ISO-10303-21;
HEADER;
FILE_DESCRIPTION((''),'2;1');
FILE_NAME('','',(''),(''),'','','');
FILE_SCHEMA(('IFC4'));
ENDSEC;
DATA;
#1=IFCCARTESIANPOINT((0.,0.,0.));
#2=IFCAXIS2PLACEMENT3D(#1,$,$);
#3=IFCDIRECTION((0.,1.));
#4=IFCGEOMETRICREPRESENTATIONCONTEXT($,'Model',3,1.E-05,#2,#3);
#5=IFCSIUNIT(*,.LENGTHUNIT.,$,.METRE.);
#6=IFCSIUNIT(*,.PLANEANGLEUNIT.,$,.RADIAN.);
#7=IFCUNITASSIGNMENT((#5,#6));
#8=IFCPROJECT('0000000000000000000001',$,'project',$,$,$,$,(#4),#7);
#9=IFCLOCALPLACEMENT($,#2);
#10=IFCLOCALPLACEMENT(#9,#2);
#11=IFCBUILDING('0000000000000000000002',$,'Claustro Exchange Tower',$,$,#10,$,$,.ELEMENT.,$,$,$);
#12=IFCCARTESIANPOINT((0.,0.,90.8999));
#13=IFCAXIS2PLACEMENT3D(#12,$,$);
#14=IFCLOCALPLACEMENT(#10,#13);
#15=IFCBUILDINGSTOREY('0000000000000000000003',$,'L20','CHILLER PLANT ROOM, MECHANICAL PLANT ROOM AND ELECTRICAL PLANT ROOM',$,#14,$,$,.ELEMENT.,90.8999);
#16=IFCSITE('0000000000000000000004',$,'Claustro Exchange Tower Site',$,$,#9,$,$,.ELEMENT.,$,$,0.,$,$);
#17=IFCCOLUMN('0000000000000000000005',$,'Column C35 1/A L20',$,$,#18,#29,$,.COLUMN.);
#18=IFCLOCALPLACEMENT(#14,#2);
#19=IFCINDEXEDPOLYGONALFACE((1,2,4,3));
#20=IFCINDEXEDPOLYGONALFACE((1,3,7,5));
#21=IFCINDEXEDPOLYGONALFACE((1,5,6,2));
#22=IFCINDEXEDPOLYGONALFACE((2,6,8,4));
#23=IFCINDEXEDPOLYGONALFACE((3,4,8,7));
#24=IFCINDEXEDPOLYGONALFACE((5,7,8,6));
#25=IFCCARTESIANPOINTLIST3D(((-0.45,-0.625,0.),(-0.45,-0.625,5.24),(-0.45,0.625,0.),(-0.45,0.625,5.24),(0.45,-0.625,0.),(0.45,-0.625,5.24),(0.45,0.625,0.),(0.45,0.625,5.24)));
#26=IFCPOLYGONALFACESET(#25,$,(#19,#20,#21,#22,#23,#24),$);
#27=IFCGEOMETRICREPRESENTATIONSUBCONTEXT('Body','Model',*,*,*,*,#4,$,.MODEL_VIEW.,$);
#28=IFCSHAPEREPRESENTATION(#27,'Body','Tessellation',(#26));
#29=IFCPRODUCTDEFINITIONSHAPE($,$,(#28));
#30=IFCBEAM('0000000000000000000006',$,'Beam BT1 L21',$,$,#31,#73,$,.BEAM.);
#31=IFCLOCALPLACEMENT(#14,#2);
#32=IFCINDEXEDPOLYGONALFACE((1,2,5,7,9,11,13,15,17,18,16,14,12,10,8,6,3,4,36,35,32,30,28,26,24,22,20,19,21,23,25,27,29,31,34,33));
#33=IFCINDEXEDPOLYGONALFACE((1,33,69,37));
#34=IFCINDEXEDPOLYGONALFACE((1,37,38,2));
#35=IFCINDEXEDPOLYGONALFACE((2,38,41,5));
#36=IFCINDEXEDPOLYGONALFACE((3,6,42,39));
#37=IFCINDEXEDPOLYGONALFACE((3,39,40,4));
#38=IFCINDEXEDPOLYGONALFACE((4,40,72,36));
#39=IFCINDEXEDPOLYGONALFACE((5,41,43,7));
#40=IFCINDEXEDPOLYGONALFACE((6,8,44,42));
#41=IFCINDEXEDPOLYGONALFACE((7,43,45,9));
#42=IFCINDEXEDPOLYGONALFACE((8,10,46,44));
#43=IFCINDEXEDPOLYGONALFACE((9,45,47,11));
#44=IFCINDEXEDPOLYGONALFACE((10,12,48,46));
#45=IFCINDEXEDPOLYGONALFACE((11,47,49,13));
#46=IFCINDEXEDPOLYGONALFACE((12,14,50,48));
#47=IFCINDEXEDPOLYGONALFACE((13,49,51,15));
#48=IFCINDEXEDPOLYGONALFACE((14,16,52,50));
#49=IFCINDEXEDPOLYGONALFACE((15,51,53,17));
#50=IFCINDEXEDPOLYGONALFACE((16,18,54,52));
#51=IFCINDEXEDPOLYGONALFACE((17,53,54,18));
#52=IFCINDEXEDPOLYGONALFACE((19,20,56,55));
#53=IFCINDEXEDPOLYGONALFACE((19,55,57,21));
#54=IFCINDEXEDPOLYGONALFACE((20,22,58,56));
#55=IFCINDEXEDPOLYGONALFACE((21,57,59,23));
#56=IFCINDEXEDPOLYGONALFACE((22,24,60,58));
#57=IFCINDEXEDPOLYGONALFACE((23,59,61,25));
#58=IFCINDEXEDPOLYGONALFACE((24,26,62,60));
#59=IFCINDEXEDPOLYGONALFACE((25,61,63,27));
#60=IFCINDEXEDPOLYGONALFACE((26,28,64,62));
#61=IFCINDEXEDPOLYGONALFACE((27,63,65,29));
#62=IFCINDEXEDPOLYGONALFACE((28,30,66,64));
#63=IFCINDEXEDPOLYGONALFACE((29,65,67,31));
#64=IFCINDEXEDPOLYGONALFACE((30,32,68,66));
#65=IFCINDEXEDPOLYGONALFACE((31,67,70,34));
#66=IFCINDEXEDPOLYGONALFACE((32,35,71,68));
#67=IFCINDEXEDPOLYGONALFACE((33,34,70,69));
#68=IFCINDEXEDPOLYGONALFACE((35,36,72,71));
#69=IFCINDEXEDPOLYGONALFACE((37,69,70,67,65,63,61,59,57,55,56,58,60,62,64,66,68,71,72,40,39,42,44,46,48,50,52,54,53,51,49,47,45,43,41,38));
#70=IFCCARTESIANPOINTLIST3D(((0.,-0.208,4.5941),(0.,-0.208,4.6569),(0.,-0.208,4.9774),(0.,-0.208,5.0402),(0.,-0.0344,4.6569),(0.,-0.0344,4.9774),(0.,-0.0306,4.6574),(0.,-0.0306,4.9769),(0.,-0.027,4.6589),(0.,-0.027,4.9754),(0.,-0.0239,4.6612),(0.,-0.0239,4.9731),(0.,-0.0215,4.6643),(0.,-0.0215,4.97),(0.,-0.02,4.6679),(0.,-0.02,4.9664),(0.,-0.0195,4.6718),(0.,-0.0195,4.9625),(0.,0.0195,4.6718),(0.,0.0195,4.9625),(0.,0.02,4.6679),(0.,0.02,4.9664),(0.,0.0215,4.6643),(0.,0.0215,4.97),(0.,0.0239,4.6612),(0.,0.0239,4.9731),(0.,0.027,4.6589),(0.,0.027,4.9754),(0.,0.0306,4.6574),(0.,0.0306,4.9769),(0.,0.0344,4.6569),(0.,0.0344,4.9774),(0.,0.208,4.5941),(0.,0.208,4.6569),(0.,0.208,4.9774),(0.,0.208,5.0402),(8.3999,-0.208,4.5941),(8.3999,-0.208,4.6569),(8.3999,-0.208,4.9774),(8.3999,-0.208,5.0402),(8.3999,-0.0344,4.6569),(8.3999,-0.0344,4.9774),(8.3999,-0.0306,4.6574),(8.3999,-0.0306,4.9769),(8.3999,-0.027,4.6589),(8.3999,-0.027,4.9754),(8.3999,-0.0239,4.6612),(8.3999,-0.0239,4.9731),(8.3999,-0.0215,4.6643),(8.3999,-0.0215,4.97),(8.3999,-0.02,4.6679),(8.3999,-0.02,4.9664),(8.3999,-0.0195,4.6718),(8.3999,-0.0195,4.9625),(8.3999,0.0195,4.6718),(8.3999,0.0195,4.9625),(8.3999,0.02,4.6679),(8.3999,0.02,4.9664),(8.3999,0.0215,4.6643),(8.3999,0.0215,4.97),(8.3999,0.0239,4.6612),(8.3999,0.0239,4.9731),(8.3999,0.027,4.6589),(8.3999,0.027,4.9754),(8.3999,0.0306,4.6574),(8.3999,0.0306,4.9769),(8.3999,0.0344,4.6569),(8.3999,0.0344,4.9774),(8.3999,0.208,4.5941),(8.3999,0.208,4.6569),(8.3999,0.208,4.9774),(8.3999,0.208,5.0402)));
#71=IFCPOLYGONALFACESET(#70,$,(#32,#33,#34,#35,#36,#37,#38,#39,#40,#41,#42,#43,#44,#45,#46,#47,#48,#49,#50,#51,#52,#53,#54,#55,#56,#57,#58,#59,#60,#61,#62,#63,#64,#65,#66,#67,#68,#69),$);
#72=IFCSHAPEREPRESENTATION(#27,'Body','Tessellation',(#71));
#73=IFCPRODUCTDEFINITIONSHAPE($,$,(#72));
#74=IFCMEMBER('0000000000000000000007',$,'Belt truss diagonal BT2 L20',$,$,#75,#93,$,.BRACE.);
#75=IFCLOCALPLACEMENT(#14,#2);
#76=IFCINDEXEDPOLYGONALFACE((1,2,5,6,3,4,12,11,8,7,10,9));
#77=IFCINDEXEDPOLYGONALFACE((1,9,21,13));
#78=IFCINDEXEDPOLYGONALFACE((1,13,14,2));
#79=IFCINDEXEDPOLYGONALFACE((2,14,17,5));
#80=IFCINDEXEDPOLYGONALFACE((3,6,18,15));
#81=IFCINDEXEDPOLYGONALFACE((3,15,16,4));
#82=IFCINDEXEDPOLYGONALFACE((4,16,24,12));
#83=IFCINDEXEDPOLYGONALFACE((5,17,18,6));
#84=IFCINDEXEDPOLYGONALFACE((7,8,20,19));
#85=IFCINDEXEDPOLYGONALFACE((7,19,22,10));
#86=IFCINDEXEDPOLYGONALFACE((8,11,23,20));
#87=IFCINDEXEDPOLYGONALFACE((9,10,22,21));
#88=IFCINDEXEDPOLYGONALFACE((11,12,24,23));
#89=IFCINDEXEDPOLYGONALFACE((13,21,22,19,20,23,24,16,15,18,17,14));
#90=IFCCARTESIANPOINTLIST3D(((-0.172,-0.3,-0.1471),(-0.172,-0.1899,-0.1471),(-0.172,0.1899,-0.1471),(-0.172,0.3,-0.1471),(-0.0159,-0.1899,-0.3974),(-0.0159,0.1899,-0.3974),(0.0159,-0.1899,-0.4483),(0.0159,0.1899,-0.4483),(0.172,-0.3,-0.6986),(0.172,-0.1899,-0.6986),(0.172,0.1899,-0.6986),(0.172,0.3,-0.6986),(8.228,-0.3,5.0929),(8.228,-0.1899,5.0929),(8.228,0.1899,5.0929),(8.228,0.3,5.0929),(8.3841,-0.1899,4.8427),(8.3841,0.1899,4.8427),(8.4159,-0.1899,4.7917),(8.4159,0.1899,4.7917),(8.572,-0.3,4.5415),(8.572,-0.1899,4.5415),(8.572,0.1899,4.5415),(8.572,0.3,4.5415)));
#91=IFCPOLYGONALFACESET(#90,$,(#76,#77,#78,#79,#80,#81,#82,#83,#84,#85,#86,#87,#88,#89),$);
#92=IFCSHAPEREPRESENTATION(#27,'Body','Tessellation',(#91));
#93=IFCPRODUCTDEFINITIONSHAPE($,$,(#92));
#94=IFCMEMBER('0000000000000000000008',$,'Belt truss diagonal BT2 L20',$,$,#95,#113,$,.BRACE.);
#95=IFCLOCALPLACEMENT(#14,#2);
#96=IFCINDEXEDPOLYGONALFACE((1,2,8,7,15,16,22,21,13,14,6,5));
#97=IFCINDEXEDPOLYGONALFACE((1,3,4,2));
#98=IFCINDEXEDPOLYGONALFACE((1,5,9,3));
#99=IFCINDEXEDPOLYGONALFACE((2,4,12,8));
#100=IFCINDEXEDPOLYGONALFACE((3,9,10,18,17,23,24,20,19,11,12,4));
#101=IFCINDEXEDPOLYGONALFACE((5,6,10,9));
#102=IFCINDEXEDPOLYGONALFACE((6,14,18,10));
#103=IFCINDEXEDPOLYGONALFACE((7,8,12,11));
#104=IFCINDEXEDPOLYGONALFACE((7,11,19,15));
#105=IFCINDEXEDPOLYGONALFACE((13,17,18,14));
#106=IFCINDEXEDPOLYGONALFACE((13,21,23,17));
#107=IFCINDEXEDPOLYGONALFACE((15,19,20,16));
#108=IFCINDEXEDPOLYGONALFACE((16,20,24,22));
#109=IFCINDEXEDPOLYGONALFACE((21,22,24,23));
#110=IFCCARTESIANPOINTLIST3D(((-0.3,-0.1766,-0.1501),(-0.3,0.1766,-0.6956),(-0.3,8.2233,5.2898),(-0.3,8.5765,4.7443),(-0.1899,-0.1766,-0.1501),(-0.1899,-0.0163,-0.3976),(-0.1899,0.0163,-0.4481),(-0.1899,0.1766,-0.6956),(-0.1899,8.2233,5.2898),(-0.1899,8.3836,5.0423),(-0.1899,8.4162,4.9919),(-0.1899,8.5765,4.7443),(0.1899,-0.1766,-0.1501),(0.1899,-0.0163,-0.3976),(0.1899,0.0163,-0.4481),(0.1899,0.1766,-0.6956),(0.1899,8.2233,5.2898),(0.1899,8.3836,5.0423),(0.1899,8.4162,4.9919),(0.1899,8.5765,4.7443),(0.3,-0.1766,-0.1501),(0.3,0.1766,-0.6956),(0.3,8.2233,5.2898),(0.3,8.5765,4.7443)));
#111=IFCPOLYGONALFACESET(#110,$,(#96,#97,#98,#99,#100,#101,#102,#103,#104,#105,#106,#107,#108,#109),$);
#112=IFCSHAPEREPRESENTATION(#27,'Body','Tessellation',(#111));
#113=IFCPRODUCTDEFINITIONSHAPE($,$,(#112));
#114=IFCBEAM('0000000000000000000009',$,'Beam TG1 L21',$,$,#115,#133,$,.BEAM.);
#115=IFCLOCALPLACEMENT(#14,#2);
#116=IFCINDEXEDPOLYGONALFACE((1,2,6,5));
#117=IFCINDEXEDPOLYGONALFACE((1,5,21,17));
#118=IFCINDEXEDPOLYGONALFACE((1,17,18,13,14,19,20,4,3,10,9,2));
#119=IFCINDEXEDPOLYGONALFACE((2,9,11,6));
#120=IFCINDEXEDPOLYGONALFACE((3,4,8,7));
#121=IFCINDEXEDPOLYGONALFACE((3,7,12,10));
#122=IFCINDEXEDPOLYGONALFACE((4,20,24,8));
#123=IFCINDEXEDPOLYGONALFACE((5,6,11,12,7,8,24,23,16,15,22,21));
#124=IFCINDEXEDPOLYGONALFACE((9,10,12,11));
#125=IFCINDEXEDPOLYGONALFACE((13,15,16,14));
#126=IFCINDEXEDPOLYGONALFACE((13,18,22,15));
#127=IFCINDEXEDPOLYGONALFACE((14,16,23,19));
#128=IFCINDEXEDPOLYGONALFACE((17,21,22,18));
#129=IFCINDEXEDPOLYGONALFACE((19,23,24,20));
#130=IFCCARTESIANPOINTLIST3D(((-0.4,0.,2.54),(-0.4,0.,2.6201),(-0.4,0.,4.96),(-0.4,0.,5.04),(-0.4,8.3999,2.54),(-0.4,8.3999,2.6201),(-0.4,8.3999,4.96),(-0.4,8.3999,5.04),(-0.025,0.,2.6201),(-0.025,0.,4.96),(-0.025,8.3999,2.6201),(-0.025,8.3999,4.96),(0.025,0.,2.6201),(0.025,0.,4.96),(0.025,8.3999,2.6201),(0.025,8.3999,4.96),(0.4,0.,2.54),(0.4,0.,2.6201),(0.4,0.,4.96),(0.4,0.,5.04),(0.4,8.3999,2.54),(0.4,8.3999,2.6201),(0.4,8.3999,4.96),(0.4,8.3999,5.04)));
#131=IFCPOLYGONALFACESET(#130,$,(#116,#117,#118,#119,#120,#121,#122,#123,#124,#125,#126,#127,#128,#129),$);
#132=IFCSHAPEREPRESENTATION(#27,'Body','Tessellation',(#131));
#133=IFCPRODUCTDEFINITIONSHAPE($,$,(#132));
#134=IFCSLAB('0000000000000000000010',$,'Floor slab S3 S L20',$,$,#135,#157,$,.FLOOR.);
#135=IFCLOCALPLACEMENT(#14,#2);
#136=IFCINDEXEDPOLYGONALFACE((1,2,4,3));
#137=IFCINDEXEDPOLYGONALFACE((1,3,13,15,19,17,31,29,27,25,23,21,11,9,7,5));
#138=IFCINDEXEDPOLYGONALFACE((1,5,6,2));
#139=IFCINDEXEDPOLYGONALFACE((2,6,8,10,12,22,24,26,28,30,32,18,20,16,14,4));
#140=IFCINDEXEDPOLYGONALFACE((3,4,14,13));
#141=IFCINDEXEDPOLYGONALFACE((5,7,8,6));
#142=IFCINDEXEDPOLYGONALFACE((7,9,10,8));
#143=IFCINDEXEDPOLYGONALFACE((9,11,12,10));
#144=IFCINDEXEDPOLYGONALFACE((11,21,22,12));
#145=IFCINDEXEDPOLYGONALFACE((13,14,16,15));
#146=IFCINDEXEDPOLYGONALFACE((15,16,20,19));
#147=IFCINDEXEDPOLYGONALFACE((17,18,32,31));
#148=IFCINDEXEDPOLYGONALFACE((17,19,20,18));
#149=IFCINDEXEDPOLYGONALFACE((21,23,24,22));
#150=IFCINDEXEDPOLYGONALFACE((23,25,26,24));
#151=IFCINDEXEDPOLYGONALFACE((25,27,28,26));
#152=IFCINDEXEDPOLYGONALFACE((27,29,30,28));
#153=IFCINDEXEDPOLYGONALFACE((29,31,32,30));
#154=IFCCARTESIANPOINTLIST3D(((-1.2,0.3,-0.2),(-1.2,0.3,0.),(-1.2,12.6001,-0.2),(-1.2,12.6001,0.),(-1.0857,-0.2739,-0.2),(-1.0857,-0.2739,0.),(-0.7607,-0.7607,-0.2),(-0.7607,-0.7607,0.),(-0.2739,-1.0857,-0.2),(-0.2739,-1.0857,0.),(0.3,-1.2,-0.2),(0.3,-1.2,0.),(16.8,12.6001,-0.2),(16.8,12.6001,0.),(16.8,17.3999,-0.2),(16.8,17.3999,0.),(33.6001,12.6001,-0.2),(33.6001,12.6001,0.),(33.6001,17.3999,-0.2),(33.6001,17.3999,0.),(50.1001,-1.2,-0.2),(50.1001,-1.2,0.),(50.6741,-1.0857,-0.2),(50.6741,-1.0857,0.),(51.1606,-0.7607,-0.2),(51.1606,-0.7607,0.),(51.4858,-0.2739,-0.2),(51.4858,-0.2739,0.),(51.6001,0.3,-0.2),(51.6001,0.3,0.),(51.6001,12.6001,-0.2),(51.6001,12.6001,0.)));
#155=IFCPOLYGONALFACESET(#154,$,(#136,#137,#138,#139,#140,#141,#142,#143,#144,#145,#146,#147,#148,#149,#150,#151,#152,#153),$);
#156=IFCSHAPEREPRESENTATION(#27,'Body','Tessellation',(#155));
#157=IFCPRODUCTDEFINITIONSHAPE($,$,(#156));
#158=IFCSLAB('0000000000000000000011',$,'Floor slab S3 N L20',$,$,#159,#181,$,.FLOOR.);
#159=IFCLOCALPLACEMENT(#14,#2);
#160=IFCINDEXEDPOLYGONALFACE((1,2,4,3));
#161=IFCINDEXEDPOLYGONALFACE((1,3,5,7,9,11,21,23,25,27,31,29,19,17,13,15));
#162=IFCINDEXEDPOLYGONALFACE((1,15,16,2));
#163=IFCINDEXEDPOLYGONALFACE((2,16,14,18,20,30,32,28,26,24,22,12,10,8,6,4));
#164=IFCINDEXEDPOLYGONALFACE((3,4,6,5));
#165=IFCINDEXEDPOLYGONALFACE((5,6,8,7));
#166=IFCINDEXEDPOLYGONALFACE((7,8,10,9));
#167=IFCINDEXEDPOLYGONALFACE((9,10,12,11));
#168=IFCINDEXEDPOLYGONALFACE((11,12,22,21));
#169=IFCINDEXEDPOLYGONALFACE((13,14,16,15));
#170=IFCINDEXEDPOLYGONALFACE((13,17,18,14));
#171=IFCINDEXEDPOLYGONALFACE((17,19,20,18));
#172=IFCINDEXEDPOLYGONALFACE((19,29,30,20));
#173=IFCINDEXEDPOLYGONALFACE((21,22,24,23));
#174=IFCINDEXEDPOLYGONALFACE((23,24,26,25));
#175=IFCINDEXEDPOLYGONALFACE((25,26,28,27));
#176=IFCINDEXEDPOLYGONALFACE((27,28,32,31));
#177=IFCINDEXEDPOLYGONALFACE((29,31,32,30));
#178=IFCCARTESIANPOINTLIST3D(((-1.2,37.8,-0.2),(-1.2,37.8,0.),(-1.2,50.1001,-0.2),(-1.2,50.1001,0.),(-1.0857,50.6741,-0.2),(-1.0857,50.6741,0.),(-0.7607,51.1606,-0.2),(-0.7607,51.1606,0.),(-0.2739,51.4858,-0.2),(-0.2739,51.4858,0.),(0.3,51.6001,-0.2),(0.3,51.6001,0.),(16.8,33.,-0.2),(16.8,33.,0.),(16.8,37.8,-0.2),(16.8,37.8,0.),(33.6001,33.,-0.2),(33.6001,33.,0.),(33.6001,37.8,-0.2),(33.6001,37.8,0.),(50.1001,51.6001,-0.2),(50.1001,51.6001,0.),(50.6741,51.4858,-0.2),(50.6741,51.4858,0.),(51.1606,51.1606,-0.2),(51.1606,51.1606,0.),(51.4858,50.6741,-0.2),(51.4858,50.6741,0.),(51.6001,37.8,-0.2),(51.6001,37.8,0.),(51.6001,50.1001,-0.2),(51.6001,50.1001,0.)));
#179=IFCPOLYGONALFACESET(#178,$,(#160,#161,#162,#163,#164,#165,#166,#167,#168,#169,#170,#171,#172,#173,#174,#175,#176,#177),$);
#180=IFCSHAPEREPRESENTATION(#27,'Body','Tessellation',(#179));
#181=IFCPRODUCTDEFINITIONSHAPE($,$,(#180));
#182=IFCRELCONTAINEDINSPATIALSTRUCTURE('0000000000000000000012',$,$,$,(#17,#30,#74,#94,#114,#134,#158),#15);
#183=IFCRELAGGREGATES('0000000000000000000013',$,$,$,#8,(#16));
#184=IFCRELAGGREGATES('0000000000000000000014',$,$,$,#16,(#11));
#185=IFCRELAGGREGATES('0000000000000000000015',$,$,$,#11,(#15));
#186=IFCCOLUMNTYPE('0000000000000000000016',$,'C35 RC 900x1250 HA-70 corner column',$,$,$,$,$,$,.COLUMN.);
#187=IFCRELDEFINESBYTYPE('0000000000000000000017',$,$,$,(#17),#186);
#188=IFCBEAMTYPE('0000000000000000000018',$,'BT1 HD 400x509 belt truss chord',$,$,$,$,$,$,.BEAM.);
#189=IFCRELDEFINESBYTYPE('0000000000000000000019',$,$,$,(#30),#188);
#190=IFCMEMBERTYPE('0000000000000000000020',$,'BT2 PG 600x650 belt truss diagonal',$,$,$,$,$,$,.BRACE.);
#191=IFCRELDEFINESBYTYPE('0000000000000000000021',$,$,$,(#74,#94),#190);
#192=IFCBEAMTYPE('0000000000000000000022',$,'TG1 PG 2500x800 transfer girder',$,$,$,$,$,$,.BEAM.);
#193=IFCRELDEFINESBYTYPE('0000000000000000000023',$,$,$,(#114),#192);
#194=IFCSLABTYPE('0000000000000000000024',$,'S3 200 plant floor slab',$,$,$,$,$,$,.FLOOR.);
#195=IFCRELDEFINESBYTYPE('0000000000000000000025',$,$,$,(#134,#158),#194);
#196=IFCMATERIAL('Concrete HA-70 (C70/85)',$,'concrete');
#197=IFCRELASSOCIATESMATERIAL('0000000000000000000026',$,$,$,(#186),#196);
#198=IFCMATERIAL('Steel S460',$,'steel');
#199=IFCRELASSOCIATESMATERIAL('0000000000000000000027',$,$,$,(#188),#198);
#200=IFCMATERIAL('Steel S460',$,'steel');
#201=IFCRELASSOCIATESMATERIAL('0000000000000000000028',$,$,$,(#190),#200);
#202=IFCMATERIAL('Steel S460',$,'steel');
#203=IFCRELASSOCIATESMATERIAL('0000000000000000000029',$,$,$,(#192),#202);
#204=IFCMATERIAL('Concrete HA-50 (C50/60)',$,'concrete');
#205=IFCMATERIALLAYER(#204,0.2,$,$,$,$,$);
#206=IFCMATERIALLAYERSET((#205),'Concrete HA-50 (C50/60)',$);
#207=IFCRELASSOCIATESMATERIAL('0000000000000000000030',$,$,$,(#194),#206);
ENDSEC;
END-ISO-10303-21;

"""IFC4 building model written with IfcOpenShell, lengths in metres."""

from ifc_helpers import new_model, si_unit, direction, frame, origin, origin_with_axes, origin_2d, place, context, subcontext, project, spatial, polyline, rectangle, i_section, outline, extrude, material, layer, layer_set, material_profile, profile_set, type_object, element, save


model = new_model("IFC4")

# Units and contexts
model_context = context("Model", 3, precision=1e-05, world=origin(), true_north=direction((0.0, 1.0)))
body_context = subcontext(model_context, "Body", "Model", "MODEL_VIEW")
ifc_project = project(units=[si_unit("LENGTHUNIT", "METRE"), si_unit("PLANEANGLEUNIT", "RADIAN")], contexts=[model_context])

# Site, building, storey
site_placement = place(None, origin())
site = spatial("IfcSite", under=ifc_project, at=site_placement, Name="Claustro Exchange Tower Site", CompositionType="ELEMENT", RefElevation=0.0)
building_placement = place(site_placement, origin())
building = spatial("IfcBuilding", under=site, at=building_placement, Name="Claustro Exchange Tower", CompositionType="ELEMENT")
storey_placement = place(building_placement, frame((0.0, 0.0, 90.8999)))
storey = spatial("IfcBuildingStorey", under=building, at=storey_placement, Name="L20", Description="CHILLER PLANT ROOM, MECHANICAL PLANT ROOM AND ELECTRICAL PLANT ROOM", CompositionType="ELEMENT", Elevation=90.8999)

# Column
ifc_material_1 = material(Name="Concrete HA-70 (C70/85)", Category="concrete")
ifc_material_profile_1 = material_profile(ifc_material_1, rectangle(XDim=0.8999, YDim=1.25, at=origin_2d()), Name="RC 900x1250")
ifc_profile_set_1 = profile_set([ifc_material_profile_1], Name="Concrete HA-70 (C70/85)")
column_type = type_object("IfcColumnType", Name="C35 RC 900x1250 HA-70 corner column", PredefinedType="COLUMN", material=ifc_profile_set_1)
column_placement = place(storey_placement, origin_with_axes())
element("IfcColumn", 1, at=column_placement, inside=storey, type_object=column_type, Name="Column C35 1/A L20", PredefinedType="COLUMN", context=body_context, shape_type="SweptSolid", body=[
    extrude(rectangle(XDim=0.8999, YDim=1.25, at=origin_2d()), origin(), (0.0, 0.0, 1.0), 5.24),
])

# Beam
ifc_material_2 = material(Name="Steel S460", Category="steel")
ifc_material_profile_2 = material_profile(ifc_material_2, i_section(OverallWidth=0.416, OverallDepth=0.446, WebThickness=0.0391, FlangeThickness=0.0627, FilletRadius=0.0149, at=origin_2d()), Name="HD 400x509")
ifc_profile_set_2 = profile_set([ifc_material_profile_2], Name="Steel S460")
beam_type_1 = type_object("IfcBeamType", Name="BT1 HD 400x509 belt truss chord", PredefinedType="BEAM", material=ifc_profile_set_2)
beam_1_placement = place(storey_placement, frame((0.0, 0.0, 4.8171), z_axis=(1.0, 0.0, 0.0), x_axis=(0.0, 1.0, 0.0)))
element("IfcBeam", 2, at=beam_1_placement, inside=storey, type_object=beam_type_1, Name="Beam BT1 L21", PredefinedType="BEAM", context=body_context, shape_type="SweptSolid", body=[
    extrude(i_section(OverallWidth=0.416, OverallDepth=0.446, WebThickness=0.0391, FlangeThickness=0.0627, FilletRadius=0.0149, at=origin_2d()), origin(), (0.0, 0.0, 1.0), 8.3999),
])

# Members
ifc_material_3 = material(Name="Steel S460", Category="steel")
ifc_material_profile_3 = material_profile(ifc_material_3, i_section(OverallWidth=0.6499, OverallDepth=0.6001, WebThickness=0.0601, FlangeThickness=0.1101, at=origin_2d()), Name="PG 600x650")
ifc_profile_set_3 = profile_set([ifc_material_profile_3], Name="Steel S460")
member_type = type_object("IfcMemberType", Name="BT2 PG 600x650 belt truss diagonal", PredefinedType="BRACE", material=ifc_profile_set_3)
member_1_placement = place(storey_placement, frame((0.0, 0.0, -0.4229), z_axis=(0.84845, 0.0, 0.529276), x_axis=(-0.529276, 0.0, 0.84845)))
element("IfcMember", 3, at=member_1_placement, inside=storey, type_object=member_type, Name="Belt truss diagonal BT2 L20", PredefinedType="BRACE", context=body_context, shape_type="SweptSolid", body=[
    extrude(i_section(OverallWidth=0.6499, OverallDepth=0.6001, WebThickness=0.0601, FlangeThickness=0.1101, at=origin_2d()), origin(), (0.0, 0.0, 1.0), 9.9004),
])
member_2_placement = place(storey_placement, frame((0.0, 0.0, -0.4229), z_axis=(0.0, 0.839355, 0.543583), x_axis=(0.0, -0.543583, 0.839355)))
element("IfcMember", 4, at=member_2_placement, inside=storey, type_object=member_type, Name="Belt truss diagonal BT2 L20", PredefinedType="BRACE", context=body_context, shape_type="SweptSolid", body=[
    extrude(i_section(OverallWidth=0.6499, OverallDepth=0.6001, WebThickness=0.0601, FlangeThickness=0.1101, at=origin_2d()), origin(), (0.0, 0.0, 1.0), 10.0076),
])

# Beam
ifc_material_4 = material(Name="Steel S460", Category="steel")
ifc_material_profile_4 = material_profile(ifc_material_4, i_section(OverallWidth=0.8, OverallDepth=2.5, WebThickness=0.05, FlangeThickness=0.0801, at=origin_2d()), Name="PG 2500x800")
ifc_profile_set_4 = profile_set([ifc_material_profile_4], Name="Steel S460")
beam_type_2 = type_object("IfcBeamType", Name="TG1 PG 2500x800 transfer girder", PredefinedType="BEAM", material=ifc_profile_set_4)
beam_2_placement = place(storey_placement, frame((0.0, 0.0, 3.79), z_axis=(0.0, 1.0, 0.0), x_axis=(-1.0, 0.0, 0.0)))
element("IfcBeam", 5, at=beam_2_placement, inside=storey, type_object=beam_type_2, Name="Beam TG1 L21", PredefinedType="BEAM", context=body_context, shape_type="SweptSolid", body=[
    extrude(i_section(OverallWidth=0.8, OverallDepth=2.5, WebThickness=0.05, FlangeThickness=0.0801, at=origin_2d()), origin(), (0.0, 0.0, 1.0), 8.3999),
])

# Slabs
ifc_material_5 = material(Name="Concrete HA-50 (C50/60)", Category="concrete")
ifc_layer_1 = layer(ifc_material_5, 0.2)
ifc_layer_set_1 = layer_set([ifc_layer_1], Name="Concrete HA-50 (C50/60)")
slab_type_1 = type_object("IfcSlabType", Name="S3 200 plant floor slab", PredefinedType="FLOOR", material=ifc_layer_set_1)
slab_1_placement = place(storey_placement, frame((0.0, 0.0, -0.2)))
element("IfcSlab", 6, at=slab_1_placement, inside=storey, type_object=slab_type_1, Name="Floor slab S3 S L20", PredefinedType="FLOOR", context=body_context, shape_type="SweptSolid", body=[
    extrude(outline(polyline([(-0.2739, -1.0857), (0.3, -1.2), (50.1001, -1.2), (50.6741, -1.0857), (51.1606, -0.7607), (51.4858, -0.2739), (51.6001, 0.3), (51.6001, 12.6001), (33.6001, 12.6001), (33.6001, 17.3999), (16.8, 17.3999), (16.8, 12.6001), (-1.2, 12.6001), (-1.2, 0.3), (-1.0857, -0.2739), (-0.7607, -0.7607), (-0.2739, -1.0857)])), origin(), (0.0, 0.0, 1.0), 0.2),
])
slab_2_placement = place(storey_placement, frame((0.0, 0.0, -0.2)))
element("IfcSlab", 7, at=slab_2_placement, inside=storey, type_object=slab_type_1, Name="Floor slab S3 N L20", PredefinedType="FLOOR", context=body_context, shape_type="SweptSolid", body=[
    extrude(outline(polyline([(16.8, 37.8), (16.8, 33.0), (33.6001, 33.0), (33.6001, 37.8), (51.6001, 37.8), (51.6001, 50.1001), (51.4858, 50.6741), (51.1606, 51.1606), (50.6741, 51.4858), (50.1001, 51.6001), (0.3, 51.6001), (-0.2739, 51.4858), (-0.7607, 51.1606), (-1.0857, 50.6741), (-1.2, 50.1001), (-1.2, 37.8), (16.8, 37.8)])), origin(), (0.0, 0.0, 1.0), 0.2),
])

save(model, "model.ifc")
